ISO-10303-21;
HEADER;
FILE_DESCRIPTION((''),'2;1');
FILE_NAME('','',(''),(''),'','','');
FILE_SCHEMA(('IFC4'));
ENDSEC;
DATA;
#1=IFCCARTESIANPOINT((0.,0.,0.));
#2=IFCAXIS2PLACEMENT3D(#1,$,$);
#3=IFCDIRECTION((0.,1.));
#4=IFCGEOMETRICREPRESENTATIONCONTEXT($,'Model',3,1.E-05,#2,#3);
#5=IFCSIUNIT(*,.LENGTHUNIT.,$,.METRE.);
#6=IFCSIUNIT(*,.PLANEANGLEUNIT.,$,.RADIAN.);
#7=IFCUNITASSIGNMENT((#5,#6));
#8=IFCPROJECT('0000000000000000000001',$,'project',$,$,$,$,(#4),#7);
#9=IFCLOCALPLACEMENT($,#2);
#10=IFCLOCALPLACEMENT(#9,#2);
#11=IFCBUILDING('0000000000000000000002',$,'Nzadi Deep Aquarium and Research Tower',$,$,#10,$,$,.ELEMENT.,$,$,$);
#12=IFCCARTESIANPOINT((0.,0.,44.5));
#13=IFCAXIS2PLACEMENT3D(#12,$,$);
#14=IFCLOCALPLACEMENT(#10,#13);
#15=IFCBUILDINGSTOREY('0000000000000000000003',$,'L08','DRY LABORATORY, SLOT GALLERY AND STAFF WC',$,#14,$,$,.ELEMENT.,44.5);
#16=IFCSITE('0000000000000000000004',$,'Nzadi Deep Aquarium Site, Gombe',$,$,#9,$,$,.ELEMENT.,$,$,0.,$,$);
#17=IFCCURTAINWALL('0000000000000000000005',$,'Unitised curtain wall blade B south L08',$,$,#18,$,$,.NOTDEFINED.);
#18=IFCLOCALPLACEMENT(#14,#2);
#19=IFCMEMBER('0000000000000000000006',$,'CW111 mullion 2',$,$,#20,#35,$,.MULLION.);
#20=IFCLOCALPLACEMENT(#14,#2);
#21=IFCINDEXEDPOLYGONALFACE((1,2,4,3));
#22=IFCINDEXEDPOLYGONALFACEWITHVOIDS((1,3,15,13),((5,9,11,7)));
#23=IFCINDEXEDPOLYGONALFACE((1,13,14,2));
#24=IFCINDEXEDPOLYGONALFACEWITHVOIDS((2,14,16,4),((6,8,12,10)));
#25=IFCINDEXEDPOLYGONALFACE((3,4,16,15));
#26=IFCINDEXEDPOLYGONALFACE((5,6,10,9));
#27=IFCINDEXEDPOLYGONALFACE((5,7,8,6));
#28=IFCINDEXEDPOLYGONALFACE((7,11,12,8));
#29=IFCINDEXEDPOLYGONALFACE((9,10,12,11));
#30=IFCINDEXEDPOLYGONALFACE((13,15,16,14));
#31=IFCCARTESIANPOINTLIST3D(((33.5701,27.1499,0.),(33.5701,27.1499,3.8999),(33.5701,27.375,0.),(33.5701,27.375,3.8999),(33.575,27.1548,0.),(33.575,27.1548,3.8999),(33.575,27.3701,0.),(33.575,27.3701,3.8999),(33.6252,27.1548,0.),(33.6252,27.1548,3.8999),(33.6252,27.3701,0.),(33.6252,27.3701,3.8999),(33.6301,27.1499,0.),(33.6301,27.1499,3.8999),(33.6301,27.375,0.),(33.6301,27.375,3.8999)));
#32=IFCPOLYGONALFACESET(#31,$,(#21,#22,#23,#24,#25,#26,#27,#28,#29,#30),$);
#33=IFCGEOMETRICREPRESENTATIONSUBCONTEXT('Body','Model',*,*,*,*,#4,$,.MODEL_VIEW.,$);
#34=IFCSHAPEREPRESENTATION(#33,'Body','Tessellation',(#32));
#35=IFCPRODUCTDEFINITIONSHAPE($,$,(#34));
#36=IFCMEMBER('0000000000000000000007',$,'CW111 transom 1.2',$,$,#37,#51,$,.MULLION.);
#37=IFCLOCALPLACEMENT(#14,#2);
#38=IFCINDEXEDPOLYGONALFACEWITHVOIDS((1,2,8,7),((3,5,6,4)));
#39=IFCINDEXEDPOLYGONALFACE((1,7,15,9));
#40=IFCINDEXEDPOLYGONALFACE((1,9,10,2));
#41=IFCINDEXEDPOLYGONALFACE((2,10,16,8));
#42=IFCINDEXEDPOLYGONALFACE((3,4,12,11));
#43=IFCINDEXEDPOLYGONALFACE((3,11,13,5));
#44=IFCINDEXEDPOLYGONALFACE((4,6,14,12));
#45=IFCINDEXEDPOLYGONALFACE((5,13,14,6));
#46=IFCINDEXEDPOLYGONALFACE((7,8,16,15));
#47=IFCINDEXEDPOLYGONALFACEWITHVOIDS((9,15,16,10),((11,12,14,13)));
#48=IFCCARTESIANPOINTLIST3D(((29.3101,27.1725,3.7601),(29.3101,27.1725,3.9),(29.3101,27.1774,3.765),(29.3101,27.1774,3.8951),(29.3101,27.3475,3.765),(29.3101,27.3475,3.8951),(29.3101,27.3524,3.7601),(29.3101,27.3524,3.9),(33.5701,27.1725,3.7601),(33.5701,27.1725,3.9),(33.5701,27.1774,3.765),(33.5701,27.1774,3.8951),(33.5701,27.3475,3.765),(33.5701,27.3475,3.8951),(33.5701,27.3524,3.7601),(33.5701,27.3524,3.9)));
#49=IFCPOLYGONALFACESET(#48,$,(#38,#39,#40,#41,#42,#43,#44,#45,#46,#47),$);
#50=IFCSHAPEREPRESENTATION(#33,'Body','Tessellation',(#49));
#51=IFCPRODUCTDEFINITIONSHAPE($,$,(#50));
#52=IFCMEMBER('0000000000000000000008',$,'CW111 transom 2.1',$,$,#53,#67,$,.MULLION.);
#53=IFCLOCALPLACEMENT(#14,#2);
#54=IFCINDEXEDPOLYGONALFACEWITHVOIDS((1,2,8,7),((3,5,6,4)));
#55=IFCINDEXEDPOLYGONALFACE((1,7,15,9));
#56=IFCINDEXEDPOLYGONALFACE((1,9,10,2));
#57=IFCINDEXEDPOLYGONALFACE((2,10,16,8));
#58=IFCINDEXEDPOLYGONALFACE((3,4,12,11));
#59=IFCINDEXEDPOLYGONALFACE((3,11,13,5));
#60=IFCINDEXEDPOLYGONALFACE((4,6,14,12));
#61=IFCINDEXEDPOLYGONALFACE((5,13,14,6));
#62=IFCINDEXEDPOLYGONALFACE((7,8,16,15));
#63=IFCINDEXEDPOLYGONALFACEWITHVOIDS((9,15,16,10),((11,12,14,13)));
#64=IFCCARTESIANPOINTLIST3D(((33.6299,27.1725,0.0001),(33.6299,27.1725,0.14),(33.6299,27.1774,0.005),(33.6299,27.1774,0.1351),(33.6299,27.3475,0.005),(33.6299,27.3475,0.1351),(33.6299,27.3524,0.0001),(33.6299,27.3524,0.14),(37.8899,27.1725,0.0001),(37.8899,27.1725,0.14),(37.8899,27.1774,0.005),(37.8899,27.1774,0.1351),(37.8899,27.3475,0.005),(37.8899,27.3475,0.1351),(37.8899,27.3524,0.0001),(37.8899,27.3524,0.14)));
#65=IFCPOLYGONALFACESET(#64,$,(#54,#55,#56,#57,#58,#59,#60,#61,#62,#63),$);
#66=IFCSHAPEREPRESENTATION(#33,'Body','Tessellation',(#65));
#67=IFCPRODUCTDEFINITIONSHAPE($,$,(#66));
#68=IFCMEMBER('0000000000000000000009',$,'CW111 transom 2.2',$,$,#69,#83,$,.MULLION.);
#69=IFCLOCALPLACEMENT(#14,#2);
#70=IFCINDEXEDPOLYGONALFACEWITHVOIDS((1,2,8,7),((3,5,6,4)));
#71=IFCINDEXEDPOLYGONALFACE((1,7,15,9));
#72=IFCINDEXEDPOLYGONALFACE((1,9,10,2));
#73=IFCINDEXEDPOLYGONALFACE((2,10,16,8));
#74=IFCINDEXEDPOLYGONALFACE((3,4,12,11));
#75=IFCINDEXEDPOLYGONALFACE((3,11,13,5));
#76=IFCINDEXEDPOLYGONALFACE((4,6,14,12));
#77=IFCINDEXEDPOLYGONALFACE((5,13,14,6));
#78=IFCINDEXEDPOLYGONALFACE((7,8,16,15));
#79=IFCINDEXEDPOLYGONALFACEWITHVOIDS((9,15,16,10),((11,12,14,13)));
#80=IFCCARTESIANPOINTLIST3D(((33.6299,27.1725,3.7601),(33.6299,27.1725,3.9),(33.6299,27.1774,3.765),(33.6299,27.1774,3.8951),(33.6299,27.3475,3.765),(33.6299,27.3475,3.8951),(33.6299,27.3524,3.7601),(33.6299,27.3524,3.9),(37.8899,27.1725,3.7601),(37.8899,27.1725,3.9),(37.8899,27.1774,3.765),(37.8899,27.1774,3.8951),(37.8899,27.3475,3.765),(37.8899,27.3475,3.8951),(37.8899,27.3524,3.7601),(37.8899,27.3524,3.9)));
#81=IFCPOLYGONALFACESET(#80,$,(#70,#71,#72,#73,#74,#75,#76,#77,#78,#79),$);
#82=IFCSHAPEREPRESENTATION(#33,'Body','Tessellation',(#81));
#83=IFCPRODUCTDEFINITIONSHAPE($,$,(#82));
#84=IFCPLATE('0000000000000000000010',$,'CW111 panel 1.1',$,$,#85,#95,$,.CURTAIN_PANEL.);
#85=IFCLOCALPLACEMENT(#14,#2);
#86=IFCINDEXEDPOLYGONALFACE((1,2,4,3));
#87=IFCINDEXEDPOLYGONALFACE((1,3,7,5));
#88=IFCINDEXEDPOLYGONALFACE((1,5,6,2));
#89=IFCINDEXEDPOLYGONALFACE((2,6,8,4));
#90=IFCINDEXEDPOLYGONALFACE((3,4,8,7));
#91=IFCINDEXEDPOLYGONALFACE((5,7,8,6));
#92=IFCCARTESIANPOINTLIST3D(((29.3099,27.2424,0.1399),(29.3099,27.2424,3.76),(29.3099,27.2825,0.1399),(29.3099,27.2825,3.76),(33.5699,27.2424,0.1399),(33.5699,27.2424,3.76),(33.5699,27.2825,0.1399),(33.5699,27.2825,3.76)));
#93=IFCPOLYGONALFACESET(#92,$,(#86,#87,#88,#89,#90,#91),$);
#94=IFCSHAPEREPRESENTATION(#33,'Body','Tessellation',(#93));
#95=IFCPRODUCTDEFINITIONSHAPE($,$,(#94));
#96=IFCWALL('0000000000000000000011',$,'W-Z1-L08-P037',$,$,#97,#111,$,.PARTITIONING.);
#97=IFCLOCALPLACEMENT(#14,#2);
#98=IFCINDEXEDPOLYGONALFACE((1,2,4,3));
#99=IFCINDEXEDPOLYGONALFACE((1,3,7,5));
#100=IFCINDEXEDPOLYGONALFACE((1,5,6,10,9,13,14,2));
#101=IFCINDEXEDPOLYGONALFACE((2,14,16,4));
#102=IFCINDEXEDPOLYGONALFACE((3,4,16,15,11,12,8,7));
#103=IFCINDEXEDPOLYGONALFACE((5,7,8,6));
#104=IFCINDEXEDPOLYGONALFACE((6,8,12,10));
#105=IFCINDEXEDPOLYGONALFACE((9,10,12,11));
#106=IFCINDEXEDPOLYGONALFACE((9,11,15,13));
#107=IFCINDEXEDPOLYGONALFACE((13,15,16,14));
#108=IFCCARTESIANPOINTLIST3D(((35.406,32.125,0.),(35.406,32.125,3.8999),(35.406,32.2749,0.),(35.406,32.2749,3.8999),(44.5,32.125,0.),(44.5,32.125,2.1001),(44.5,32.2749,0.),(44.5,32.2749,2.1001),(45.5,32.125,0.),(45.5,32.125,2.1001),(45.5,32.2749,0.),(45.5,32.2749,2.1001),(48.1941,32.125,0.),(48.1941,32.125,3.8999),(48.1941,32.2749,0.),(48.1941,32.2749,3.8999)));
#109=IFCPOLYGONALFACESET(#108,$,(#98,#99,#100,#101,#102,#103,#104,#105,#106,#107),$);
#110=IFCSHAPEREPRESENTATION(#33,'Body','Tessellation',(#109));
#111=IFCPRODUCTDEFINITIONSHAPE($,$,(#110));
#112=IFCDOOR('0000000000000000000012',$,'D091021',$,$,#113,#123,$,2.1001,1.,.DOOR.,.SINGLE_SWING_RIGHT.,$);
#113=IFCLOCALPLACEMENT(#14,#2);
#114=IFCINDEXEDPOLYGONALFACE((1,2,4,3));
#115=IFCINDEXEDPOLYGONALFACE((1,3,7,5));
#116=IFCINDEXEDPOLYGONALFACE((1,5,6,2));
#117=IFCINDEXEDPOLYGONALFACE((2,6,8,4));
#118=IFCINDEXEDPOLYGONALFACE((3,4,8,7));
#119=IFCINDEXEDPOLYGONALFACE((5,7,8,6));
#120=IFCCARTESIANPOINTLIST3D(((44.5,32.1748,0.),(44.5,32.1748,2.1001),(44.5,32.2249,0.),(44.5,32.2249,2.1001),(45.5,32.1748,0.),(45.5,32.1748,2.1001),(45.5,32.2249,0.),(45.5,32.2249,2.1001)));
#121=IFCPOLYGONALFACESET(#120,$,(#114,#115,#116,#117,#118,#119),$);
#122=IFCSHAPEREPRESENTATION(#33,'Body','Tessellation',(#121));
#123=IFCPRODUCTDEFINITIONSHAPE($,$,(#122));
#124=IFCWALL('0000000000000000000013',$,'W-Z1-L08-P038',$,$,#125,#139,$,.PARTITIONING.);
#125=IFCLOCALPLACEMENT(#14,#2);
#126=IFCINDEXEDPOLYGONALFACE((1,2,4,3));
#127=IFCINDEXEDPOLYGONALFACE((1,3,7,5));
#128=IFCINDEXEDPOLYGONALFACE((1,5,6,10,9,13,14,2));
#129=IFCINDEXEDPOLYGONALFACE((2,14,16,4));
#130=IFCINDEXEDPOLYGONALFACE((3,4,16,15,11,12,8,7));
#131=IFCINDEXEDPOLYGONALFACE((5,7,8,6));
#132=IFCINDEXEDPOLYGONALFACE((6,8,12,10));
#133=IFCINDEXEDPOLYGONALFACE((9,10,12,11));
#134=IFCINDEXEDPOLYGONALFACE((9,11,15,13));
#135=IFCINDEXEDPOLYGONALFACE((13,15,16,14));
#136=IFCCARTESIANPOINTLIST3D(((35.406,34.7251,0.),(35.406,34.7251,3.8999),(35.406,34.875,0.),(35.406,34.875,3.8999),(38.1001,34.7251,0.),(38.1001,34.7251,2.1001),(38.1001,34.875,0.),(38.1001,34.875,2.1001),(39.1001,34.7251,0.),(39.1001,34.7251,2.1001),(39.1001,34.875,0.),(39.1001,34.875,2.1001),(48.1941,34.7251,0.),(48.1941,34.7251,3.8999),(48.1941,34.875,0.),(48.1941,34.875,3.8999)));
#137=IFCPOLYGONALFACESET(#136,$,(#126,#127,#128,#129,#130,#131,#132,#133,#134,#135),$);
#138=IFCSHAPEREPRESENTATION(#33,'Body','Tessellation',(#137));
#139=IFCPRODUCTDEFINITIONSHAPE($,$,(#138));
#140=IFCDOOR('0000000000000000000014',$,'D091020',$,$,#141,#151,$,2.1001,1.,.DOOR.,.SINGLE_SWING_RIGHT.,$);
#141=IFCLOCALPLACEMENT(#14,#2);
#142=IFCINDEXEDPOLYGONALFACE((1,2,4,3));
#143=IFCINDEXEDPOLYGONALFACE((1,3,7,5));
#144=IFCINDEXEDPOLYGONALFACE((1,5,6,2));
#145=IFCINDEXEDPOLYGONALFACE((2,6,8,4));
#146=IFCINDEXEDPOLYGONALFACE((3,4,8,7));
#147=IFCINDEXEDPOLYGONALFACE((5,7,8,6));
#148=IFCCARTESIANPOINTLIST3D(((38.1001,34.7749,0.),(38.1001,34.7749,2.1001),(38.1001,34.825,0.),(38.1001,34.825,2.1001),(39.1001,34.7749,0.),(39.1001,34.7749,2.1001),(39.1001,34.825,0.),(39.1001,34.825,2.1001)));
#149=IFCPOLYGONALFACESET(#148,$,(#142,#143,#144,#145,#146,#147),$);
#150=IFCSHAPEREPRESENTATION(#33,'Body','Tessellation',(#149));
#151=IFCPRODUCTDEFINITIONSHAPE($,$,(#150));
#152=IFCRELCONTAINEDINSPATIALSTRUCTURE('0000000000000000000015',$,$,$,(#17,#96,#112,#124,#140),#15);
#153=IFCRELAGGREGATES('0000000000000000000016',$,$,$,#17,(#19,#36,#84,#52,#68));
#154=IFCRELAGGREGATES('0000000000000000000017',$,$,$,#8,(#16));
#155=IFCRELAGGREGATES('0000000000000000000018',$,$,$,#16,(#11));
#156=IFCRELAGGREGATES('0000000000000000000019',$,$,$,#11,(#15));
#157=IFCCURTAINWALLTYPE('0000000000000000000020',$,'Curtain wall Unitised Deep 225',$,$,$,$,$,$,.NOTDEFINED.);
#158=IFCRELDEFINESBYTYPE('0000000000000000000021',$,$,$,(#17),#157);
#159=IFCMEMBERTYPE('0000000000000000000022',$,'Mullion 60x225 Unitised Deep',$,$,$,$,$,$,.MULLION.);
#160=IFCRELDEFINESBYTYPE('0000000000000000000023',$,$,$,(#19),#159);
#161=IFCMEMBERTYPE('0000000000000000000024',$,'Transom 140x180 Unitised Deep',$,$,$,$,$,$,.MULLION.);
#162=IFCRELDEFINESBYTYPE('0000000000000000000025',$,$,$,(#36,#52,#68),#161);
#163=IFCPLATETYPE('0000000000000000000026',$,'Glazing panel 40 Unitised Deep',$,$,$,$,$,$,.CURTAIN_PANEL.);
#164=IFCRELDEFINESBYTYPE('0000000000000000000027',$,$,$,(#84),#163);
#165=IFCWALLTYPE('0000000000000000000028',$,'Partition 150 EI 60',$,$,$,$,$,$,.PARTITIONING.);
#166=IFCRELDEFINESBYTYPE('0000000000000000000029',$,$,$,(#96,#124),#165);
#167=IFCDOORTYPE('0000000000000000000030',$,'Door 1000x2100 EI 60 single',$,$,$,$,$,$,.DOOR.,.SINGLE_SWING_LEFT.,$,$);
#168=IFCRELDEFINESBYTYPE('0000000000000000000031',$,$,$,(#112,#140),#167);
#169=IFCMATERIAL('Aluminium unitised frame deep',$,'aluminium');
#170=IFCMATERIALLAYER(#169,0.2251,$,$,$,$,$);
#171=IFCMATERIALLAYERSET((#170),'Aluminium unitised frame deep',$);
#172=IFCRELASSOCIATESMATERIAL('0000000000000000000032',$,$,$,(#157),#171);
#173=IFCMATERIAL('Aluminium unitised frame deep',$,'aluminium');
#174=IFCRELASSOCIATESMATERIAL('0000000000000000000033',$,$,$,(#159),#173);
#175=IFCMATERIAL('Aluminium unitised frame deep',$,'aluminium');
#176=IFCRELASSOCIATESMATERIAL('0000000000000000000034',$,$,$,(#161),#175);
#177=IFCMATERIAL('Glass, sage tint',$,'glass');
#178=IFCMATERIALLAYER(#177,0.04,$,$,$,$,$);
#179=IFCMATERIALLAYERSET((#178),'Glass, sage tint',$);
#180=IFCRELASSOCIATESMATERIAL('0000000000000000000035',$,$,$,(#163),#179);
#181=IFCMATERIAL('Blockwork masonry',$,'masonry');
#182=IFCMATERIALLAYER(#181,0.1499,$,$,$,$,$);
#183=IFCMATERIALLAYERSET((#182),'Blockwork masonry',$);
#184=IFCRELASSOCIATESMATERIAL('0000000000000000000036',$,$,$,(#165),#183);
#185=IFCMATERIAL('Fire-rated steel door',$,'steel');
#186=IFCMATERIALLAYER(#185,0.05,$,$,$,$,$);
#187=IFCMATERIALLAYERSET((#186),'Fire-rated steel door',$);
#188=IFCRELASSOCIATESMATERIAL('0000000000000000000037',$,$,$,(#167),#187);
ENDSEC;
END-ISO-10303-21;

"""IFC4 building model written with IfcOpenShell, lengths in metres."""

from ifc_helpers import new_model, si_unit, direction, frame, frame_2d, origin, origin_2d, place, context, subcontext, project, spatial, rectangle, hollow_rectangle, extrude, material, layer, layer_set, material_profile, profile_set, type_object, element, fill, aggregate, save


model = new_model("IFC4")

# Units and contexts
model_context = context("Model", 3, precision=1e-05, world=origin(), true_north=direction((0.0, 1.0)))
body_context = subcontext(model_context, "Body", "Model", "MODEL_VIEW")
ifc_project = project(units=[si_unit("LENGTHUNIT", "METRE"), si_unit("PLANEANGLEUNIT", "RADIAN")], contexts=[model_context])

# Site, building, storey
site_placement = place(None, origin())
site = spatial("IfcSite", under=ifc_project, at=site_placement, Name="Nzadi Deep Aquarium Site, Gombe", CompositionType="ELEMENT", RefElevation=0.0)
building_placement = place(site_placement, origin())
building = spatial("IfcBuilding", under=site, at=building_placement, Name="Nzadi Deep Aquarium and Research Tower", CompositionType="ELEMENT")
storey_placement = place(building_placement, frame((0.0, 0.0, 44.5)))
storey = spatial("IfcBuildingStorey", under=building, at=storey_placement, Name="L08", Description="DRY LABORATORY, SLOT GALLERY AND STAFF WC", CompositionType="ELEMENT", Elevation=44.5)

# Curtain wall, members, plate
ifc_material_1 = material(Name="Aluminium unitised frame deep", Category="aluminium")
ifc_layer_1 = layer(ifc_material_1, 0.2251)
ifc_layer_set_1 = layer_set([ifc_layer_1], Name="Aluminium unitised frame deep")
curtain_wall_type = type_object("IfcCurtainWallType", Name="Curtain wall Unitised Deep 225", PredefinedType="NOTDEFINED", material=ifc_layer_set_1)
curtain_wall_placement = place(storey_placement, origin())
curtain_wall = element("IfcCurtainWall", 1, at=curtain_wall_placement, inside=storey, type_object=curtain_wall_type, Name="Unitised curtain wall blade B south L08", PredefinedType="NOTDEFINED")
ifc_material_2 = material(Name="Aluminium unitised frame deep", Category="aluminium")
ifc_material_profile_1 = material_profile(ifc_material_2, hollow_rectangle(XDim=0.2251, YDim=0.0601, WallThickness=0.0049, at=origin_2d()))
ifc_profile_set_1 = profile_set([ifc_material_profile_1], Name="Aluminium unitised frame deep")
member_type_1 = type_object("IfcMemberType", Name="Mullion 60x225 Unitised Deep", PredefinedType="MULLION", material=ifc_profile_set_1)
member_1_placement = place(storey_placement, frame((33.6001, 27.2625, 0.0), z_axis=(0.0, 0.0, 1.0), x_axis=(0.0, 1.0, 0.0)))
member_1 = element("IfcMember", 2, at=member_1_placement, type_object=member_type_1, Name="CW111 mullion 2", PredefinedType="MULLION", context=body_context, shape_type="SweptSolid", body=[
    extrude(hollow_rectangle(XDim=0.2251, YDim=0.0601, WallThickness=0.0049, at=origin_2d()), origin(), (0.0, 0.0, 1.0), 3.8999),
])
ifc_material_3 = material(Name="Aluminium unitised frame deep", Category="aluminium")
ifc_material_profile_2 = material_profile(ifc_material_3, hollow_rectangle(XDim=0.1799, YDim=0.1399, WallThickness=0.0049, at=origin_2d()))
ifc_profile_set_2 = profile_set([ifc_material_profile_2], Name="Aluminium unitised frame deep")
member_type_2 = type_object("IfcMemberType", Name="Transom 140x180 Unitised Deep", PredefinedType="MULLION", material=ifc_profile_set_2)
member_2_placement = place(storey_placement, frame((29.3101, 27.2625, 3.8301), z_axis=(1.0, 0.0, 0.0), x_axis=(0.0, 1.0, 0.0)))
member_2 = element("IfcMember", 3, at=member_2_placement, type_object=member_type_2, Name="CW111 transom 1.2", PredefinedType="MULLION", context=body_context, shape_type="SweptSolid", body=[
    extrude(hollow_rectangle(XDim=0.1799, YDim=0.1399, WallThickness=0.0049, at=origin_2d()), origin(), (0.0, 0.0, 1.0), 4.26),
])
member_3_placement = place(storey_placement, frame((33.6299, 27.2625, 0.0701), z_axis=(1.0, 0.0, 0.0), x_axis=(0.0, 1.0, 0.0)))
member_3 = element("IfcMember", 4, at=member_3_placement, type_object=member_type_2, Name="CW111 transom 2.1", PredefinedType="MULLION", context=body_context, shape_type="SweptSolid", body=[
    extrude(hollow_rectangle(XDim=0.1799, YDim=0.1399, WallThickness=0.0049, at=origin_2d()), origin(), (0.0, 0.0, 1.0), 4.26),
])
member_4_placement = place(storey_placement, frame((33.6299, 27.2625, 3.8301), z_axis=(1.0, 0.0, 0.0), x_axis=(0.0, 1.0, 0.0)))
member_4 = element("IfcMember", 5, at=member_4_placement, type_object=member_type_2, Name="CW111 transom 2.2", PredefinedType="MULLION", context=body_context, shape_type="SweptSolid", body=[
    extrude(hollow_rectangle(XDim=0.1799, YDim=0.1399, WallThickness=0.0049, at=origin_2d()), origin(), (0.0, 0.0, 1.0), 4.26),
])
ifc_material_4 = material(Name="Glass, sage tint", Category="glass")
ifc_layer_2 = layer(ifc_material_4, 0.04)
ifc_layer_set_2 = layer_set([ifc_layer_2], Name="Glass, sage tint")
plate_type = type_object("IfcPlateType", Name="Glazing panel 40 Unitised Deep", PredefinedType="CURTAIN_PANEL", material=ifc_layer_set_2)
plate_placement = place(storey_placement, frame((31.4399, 27.2625, 0.1399), z_axis=(0.0, 0.0, 1.0), x_axis=(1.0, 0.0, 0.0)))
plate = element("IfcPlate", 6, at=plate_placement, type_object=plate_type, Name="CW111 panel 1.1", PredefinedType="CURTAIN_PANEL", context=body_context, shape_type="SweptSolid", body=[
    extrude(rectangle(XDim=4.26, YDim=0.04, at=origin_2d()), origin(), (0.0, 0.0, 1.0), 3.6201),
])
aggregate(curtain_wall, [member_1, member_2, plate, member_3, member_4])

# Walls, openings, doors
ifc_material_5 = material(Name="Blockwork masonry", Category="masonry")
ifc_layer_3 = layer(ifc_material_5, 0.1499)
ifc_layer_set_3 = layer_set([ifc_layer_3], Name="Blockwork masonry")
wall_type_1 = type_object("IfcWallType", Name="Partition 150 EI 60", PredefinedType="PARTITIONING", material=ifc_layer_set_3)
wall_1_placement = place(storey_placement, frame((35.406, 32.2, 0.0), z_axis=(0.0, 0.0, 1.0), x_axis=(1.0, 0.0, 0.0)))
wall_1 = element("IfcWall", 7, at=wall_1_placement, inside=storey, type_object=wall_type_1, Name="W-Z1-L08-P037", PredefinedType="PARTITIONING", context=body_context, shape_type="SweptSolid", body=[
    extrude(rectangle(XDim=12.7881, YDim=0.1499, at=frame_2d((6.394, 0.0))), origin(), (0.0, 0.0, 1.0), 3.8999),
])
opening_1_placement = place(wall_1_placement, frame((9.094, 0.0, 0.0)))
opening_1 = element("IfcOpeningElement", 8, at=opening_1_placement, cuts=wall_1, PredefinedType="OPENING", context=body_context, shape_type="SweptSolid", body=[
    extrude(rectangle(XDim=1.0, YDim=2.1001, at=frame_2d((0.5, 1.05))), frame((0.0, 0.085, 0.0), z_axis=(0.0, -1.0, 0.0), x_axis=(1.0, 0.0, 0.0)), (0.0, 0.0, 1.0), 0.1699),
])
ifc_material_6 = material(Name="Fire-rated steel door", Category="steel")
ifc_layer_4 = layer(ifc_material_6, 0.05)
ifc_layer_set_4 = layer_set([ifc_layer_4], Name="Fire-rated steel door")
door_type_1 = type_object("IfcDoorType", Name="Door 1000x2100 EI 60 single", OperationType="SINGLE_SWING_LEFT", PredefinedType="DOOR", material=ifc_layer_set_4)
door_1_placement = place(opening_1_placement, origin())
door_1 = element("IfcDoor", 9, at=door_1_placement, inside=storey, type_object=door_type_1, Name="D091021", OperationType="SINGLE_SWING_RIGHT", OverallHeight=2.1001, OverallWidth=1.0, PredefinedType="DOOR", context=body_context, shape_type="SweptSolid", body=[
    extrude(rectangle(XDim=1.0, YDim=2.1001, at=frame_2d((0.5, 1.05))), frame((0.0, 0.0249, 0.0), z_axis=(0.0, -1.0, 0.0), x_axis=(1.0, 0.0, 0.0)), (0.0, 0.0, 1.0), 0.05),
])
fill(opening_1, door_1)
wall_2_placement = place(storey_placement, frame((35.406, 34.8, 0.0), z_axis=(0.0, 0.0, 1.0), x_axis=(1.0, 0.0, 0.0)))
wall_2 = element("IfcWall", 10, at=wall_2_placement, inside=storey, type_object=wall_type_1, Name="W-Z1-L08-P038", PredefinedType="PARTITIONING", context=body_context, shape_type="SweptSolid", body=[
    extrude(rectangle(XDim=12.7881, YDim=0.1499, at=frame_2d((6.394, 0.0))), origin(), (0.0, 0.0, 1.0), 3.8999),
])
opening_2_placement = place(wall_2_placement, frame((2.6941, 0.0, 0.0)))
opening_2 = element("IfcOpeningElement", 11, at=opening_2_placement, cuts=wall_2, PredefinedType="OPENING", context=body_context, shape_type="SweptSolid", body=[
    extrude(rectangle(XDim=1.0, YDim=2.1001, at=frame_2d((0.5, 1.05))), frame((0.0, 0.085, 0.0), z_axis=(0.0, -1.0, 0.0), x_axis=(1.0, 0.0, 0.0)), (0.0, 0.0, 1.0), 0.1699),
])
door_2_placement = place(opening_2_placement, origin())
door_2 = element("IfcDoor", 12, at=door_2_placement, inside=storey, type_object=door_type_1, Name="D091020", OperationType="SINGLE_SWING_RIGHT", OverallHeight=2.1001, OverallWidth=1.0, PredefinedType="DOOR", context=body_context, shape_type="SweptSolid", body=[
    extrude(rectangle(XDim=1.0, YDim=2.1001, at=frame_2d((0.5, 1.05))), frame((0.0, 0.0249, 0.0), z_axis=(0.0, -1.0, 0.0), x_axis=(1.0, 0.0, 0.0)), (0.0, 0.0, 1.0), 0.05),
])
fill(opening_2, door_2)

save(model, "model.ifc")
